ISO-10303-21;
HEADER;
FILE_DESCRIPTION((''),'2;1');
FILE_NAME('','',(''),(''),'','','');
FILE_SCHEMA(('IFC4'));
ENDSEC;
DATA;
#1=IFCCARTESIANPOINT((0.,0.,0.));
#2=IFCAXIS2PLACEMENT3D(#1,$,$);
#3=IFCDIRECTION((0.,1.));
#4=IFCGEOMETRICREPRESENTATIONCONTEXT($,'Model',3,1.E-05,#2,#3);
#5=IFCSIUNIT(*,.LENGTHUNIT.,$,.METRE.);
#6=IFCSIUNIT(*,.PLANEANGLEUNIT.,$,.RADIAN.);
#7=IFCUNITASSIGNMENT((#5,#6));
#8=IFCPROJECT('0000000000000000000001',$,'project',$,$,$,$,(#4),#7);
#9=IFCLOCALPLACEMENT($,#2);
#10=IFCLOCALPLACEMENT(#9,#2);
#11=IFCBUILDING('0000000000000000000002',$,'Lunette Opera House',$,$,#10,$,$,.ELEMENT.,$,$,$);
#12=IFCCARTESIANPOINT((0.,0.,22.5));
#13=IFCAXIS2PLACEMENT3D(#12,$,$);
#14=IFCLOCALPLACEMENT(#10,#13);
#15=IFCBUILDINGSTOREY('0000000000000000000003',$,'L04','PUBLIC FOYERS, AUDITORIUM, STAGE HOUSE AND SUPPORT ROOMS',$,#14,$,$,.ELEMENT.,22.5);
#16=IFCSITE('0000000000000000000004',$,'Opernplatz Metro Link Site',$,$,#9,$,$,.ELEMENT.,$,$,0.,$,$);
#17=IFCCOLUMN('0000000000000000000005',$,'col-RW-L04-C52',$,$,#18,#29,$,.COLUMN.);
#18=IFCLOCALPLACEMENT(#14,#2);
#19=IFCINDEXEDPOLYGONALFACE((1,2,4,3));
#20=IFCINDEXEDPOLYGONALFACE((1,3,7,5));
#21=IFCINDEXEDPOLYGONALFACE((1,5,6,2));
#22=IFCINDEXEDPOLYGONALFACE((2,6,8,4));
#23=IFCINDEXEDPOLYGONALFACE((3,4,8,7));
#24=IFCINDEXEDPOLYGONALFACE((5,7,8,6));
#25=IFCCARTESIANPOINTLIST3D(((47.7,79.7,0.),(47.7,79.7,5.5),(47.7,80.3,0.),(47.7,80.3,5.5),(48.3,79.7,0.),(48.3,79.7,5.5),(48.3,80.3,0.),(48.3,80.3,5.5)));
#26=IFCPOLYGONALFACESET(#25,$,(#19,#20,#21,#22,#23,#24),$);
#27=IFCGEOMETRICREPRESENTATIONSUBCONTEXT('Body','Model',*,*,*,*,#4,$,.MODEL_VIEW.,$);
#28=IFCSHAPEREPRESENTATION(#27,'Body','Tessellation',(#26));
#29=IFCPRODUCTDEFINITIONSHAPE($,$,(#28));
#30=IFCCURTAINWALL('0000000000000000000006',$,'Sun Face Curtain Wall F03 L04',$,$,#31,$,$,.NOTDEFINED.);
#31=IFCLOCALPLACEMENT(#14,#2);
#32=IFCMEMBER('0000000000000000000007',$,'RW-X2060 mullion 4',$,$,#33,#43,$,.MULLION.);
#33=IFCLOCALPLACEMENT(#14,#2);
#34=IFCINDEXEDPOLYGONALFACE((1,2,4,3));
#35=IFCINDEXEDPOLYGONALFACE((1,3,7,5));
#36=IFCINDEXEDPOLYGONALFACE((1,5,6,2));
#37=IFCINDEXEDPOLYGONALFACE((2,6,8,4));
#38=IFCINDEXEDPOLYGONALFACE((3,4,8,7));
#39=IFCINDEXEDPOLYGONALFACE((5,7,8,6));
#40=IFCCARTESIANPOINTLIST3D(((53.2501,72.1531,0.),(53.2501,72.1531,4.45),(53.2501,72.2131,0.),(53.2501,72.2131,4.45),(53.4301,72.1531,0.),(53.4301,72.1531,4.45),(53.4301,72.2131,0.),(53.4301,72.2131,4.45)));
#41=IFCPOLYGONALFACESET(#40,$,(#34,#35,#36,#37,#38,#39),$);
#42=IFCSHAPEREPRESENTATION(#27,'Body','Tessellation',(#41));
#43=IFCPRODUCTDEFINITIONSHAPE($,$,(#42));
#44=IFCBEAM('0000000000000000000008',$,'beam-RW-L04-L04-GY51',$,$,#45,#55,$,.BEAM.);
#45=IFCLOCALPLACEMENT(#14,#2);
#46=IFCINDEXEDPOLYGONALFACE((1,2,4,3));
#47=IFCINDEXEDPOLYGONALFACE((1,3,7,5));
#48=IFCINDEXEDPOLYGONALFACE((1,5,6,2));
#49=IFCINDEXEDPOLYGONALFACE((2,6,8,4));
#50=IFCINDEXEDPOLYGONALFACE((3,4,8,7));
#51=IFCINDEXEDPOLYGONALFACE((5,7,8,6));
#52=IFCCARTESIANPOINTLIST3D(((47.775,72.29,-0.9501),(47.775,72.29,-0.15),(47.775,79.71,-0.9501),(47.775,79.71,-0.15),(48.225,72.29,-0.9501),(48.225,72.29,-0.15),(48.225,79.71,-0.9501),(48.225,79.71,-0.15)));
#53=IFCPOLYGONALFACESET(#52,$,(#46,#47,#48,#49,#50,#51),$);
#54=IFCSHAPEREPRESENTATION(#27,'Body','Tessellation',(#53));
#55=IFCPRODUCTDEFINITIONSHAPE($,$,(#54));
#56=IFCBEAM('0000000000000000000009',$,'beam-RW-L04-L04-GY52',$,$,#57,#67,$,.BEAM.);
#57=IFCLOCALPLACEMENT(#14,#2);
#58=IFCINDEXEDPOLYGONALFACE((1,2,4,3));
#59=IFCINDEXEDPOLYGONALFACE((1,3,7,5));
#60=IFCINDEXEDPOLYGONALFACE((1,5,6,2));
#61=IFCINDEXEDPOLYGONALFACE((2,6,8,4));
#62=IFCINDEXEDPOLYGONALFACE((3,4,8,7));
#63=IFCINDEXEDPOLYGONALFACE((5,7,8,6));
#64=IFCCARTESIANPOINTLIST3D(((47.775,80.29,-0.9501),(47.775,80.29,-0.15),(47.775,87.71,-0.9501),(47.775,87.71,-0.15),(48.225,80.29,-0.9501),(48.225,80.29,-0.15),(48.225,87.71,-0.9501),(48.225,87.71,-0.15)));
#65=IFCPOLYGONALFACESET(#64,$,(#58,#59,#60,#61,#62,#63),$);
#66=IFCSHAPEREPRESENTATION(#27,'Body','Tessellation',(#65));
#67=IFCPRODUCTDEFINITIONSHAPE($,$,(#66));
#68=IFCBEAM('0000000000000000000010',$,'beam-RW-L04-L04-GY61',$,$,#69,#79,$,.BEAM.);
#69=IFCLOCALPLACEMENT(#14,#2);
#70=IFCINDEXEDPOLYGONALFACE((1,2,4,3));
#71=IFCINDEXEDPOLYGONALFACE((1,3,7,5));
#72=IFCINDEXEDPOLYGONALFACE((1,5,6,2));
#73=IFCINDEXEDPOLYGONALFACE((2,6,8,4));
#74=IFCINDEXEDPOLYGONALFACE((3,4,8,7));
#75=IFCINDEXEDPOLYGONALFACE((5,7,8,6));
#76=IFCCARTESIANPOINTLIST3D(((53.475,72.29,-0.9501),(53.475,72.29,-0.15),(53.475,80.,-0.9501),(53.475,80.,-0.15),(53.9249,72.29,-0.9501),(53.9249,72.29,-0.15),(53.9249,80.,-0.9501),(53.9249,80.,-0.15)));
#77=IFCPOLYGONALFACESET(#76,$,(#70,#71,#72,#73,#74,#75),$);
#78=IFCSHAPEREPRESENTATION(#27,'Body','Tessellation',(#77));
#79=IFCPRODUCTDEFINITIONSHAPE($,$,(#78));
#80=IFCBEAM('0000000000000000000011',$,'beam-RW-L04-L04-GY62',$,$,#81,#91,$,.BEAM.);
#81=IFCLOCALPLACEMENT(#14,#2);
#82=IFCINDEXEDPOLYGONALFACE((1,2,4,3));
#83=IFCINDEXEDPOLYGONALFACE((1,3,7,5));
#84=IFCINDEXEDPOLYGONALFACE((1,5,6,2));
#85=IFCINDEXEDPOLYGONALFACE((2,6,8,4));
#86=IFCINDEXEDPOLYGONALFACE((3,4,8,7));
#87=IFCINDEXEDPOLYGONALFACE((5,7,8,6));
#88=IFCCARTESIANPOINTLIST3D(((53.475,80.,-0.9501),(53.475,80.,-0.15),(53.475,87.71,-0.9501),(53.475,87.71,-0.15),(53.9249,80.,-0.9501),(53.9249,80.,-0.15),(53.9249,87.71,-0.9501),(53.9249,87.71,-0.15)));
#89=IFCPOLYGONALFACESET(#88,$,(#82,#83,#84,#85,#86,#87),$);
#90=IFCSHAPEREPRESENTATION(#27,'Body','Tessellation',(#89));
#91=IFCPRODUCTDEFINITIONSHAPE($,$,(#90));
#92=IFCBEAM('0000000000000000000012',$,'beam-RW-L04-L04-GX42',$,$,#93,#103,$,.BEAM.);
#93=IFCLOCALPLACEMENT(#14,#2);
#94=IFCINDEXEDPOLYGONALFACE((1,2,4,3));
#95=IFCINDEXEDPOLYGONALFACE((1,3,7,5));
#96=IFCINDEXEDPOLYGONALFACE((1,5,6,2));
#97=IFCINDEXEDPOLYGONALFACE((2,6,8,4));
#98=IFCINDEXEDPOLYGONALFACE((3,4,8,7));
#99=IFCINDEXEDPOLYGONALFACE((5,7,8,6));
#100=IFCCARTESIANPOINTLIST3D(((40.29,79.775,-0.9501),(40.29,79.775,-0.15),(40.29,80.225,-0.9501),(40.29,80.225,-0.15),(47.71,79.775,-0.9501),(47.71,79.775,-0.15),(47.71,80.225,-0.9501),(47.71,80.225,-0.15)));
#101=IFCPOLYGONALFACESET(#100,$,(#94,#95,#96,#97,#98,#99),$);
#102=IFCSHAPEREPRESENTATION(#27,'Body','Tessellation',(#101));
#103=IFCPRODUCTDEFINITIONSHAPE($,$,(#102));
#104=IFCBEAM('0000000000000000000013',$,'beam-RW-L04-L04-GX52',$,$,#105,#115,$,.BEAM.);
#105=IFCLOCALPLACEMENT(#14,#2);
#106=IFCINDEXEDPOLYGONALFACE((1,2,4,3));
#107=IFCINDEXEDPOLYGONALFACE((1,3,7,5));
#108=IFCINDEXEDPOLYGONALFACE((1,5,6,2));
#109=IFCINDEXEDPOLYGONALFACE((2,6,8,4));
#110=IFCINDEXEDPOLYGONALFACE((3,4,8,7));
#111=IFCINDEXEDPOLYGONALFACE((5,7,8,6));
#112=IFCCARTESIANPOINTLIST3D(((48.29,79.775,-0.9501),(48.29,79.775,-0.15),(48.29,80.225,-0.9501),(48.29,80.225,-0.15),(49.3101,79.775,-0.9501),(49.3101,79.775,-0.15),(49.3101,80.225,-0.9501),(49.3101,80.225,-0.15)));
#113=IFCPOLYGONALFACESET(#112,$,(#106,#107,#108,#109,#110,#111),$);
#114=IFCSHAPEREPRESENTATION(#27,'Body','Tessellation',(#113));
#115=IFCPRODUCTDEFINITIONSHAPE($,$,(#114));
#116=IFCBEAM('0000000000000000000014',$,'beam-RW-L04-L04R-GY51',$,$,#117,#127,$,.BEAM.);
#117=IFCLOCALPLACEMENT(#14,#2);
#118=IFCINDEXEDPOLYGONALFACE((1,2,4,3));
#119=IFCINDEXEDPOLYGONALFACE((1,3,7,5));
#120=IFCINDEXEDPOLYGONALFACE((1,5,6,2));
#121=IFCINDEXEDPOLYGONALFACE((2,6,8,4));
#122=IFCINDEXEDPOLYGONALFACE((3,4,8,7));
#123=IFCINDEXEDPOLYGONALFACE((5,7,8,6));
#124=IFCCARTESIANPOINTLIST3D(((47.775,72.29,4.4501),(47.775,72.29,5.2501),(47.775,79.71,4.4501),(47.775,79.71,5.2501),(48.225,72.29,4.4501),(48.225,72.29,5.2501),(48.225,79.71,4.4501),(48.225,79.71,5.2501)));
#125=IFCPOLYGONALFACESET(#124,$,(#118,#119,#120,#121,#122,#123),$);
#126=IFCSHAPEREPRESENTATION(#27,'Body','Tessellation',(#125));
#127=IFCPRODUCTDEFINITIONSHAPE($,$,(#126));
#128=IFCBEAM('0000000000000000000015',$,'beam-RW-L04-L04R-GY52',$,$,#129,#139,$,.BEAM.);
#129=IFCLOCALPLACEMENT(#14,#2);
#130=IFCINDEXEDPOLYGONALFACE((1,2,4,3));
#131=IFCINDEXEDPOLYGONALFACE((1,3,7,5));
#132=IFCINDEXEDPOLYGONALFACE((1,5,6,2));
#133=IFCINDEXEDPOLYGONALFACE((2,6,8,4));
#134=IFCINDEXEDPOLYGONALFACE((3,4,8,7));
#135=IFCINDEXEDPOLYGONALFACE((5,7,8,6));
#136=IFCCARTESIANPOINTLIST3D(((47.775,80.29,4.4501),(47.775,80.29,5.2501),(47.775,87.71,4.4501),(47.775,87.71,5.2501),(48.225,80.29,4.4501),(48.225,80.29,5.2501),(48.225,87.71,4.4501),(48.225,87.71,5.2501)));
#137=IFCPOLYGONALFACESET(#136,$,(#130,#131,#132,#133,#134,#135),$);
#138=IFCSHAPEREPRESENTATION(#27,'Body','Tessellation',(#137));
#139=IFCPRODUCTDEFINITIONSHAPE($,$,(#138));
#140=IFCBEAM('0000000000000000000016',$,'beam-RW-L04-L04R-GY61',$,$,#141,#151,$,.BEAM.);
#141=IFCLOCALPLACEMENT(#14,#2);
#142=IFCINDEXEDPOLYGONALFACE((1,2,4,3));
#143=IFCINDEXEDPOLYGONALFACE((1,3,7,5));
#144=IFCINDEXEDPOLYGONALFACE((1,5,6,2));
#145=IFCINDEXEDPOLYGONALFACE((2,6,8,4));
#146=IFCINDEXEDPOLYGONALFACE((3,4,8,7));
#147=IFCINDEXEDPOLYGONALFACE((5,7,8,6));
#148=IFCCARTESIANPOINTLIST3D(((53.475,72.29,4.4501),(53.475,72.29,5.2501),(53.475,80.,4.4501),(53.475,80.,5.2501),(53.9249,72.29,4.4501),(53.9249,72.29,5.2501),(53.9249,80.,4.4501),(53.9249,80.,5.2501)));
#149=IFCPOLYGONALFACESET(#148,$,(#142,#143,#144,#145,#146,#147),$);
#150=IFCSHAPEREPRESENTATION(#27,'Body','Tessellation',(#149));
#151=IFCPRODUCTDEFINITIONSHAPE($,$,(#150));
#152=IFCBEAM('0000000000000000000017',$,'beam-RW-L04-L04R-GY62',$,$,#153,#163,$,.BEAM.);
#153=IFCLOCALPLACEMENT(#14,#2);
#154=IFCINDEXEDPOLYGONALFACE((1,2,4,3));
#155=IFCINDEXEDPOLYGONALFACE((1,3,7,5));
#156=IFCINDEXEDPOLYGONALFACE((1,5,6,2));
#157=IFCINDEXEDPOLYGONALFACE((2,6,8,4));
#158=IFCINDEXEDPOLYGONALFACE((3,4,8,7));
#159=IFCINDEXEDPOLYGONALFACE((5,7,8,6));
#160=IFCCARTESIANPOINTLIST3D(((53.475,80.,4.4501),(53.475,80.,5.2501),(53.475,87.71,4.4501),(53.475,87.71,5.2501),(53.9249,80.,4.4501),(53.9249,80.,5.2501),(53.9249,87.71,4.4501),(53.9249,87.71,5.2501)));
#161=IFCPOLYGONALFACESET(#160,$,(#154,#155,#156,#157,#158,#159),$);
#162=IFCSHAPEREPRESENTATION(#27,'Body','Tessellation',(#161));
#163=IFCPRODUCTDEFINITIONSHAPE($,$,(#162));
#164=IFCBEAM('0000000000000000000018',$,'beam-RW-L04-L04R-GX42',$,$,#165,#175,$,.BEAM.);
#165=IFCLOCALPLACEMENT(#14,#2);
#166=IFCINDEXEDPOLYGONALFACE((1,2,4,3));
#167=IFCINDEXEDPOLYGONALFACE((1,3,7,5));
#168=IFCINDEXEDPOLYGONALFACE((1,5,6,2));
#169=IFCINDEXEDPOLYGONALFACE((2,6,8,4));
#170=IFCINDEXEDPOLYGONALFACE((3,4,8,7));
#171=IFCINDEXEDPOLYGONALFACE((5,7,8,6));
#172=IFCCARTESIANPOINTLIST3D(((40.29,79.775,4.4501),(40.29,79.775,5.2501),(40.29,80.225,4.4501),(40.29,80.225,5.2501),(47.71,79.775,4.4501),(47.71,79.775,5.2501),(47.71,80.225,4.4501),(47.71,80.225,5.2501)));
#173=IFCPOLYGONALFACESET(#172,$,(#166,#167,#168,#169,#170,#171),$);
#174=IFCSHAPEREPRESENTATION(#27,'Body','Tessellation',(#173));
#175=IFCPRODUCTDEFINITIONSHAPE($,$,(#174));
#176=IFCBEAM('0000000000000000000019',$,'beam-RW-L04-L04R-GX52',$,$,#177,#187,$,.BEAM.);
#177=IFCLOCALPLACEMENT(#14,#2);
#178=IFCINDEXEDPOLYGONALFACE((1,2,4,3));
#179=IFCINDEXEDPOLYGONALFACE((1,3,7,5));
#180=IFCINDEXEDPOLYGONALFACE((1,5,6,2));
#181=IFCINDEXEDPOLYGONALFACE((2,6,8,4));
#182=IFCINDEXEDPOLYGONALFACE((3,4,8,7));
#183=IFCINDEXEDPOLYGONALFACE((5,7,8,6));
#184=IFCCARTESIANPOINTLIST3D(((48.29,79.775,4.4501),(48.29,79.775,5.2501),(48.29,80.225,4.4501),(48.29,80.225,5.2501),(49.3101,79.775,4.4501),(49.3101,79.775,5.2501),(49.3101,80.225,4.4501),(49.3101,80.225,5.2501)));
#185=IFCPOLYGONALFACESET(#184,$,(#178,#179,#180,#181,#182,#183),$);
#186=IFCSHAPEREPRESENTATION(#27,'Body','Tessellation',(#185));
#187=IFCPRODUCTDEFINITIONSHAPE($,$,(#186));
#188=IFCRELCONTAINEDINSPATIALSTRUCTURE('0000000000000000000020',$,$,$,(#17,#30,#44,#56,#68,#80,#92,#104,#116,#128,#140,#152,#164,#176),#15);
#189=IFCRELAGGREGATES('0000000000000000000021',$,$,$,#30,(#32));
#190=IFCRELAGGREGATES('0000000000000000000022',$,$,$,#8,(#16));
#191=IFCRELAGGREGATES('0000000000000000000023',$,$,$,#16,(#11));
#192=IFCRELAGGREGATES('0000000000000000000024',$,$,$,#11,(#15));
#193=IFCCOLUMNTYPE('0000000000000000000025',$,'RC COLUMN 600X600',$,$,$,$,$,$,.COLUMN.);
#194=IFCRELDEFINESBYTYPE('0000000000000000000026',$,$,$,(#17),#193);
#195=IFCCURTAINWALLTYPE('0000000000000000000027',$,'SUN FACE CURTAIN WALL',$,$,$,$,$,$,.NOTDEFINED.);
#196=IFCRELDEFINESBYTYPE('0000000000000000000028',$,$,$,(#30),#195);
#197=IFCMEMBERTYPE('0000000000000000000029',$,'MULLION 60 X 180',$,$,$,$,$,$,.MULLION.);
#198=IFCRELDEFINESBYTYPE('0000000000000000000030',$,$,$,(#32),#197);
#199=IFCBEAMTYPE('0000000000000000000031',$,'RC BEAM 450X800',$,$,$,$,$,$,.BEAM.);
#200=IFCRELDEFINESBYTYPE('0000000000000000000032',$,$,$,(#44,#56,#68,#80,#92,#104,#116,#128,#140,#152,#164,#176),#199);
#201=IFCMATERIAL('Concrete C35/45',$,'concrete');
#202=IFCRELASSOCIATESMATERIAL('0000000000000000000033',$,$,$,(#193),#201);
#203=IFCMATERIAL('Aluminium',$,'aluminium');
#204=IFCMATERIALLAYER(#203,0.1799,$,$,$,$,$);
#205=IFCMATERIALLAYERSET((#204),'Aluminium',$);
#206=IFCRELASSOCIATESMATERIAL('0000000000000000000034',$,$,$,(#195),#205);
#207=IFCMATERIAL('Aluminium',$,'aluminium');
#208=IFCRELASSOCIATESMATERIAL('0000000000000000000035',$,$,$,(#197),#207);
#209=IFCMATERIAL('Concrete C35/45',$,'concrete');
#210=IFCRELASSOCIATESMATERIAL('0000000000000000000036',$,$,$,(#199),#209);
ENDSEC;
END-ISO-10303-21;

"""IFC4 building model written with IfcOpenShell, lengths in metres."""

from ifc_helpers import new_model, si_unit, direction, frame, origin, origin_2d, place, context, subcontext, project, spatial, rectangle, extrude, material, layer, layer_set, material_profile, profile_set, type_object, element, aggregate, save


model = new_model("IFC4")

# Units and contexts
model_context = context("Model", 3, precision=1e-05, world=origin(), true_north=direction((0.0, 1.0)))
body_context = subcontext(model_context, "Body", "Model", "MODEL_VIEW")
ifc_project = project(units=[si_unit("LENGTHUNIT", "METRE"), si_unit("PLANEANGLEUNIT", "RADIAN")], contexts=[model_context])

# Site, building, storey
site_placement = place(None, origin())
site = spatial("IfcSite", under=ifc_project, at=site_placement, Name="Opernplatz Metro Link Site", CompositionType="ELEMENT", RefElevation=0.0)
building_placement = place(site_placement, origin())
building = spatial("IfcBuilding", under=site, at=building_placement, Name="Lunette Opera House", CompositionType="ELEMENT")
storey_placement = place(building_placement, frame((0.0, 0.0, 22.5)))
storey = spatial("IfcBuildingStorey", under=building, at=storey_placement, Name="L04", Description="PUBLIC FOYERS, AUDITORIUM, STAGE HOUSE AND SUPPORT ROOMS", CompositionType="ELEMENT", Elevation=22.5)

# Column
ifc_material_1 = material(Name="Concrete C35/45", Category="concrete")
ifc_material_profile_1 = material_profile(ifc_material_1, rectangle(XDim=0.6001, YDim=0.6001, at=origin_2d()), Name="RC COLUMN 600X600")
ifc_profile_set_1 = profile_set([ifc_material_profile_1], Name="Concrete C35/45")
column_type = type_object("IfcColumnType", Name="RC COLUMN 600X600", PredefinedType="COLUMN", material=ifc_profile_set_1)
column_placement = place(storey_placement, frame((48.0, 80.0, 0.0), z_axis=(0.0, 0.0, 1.0), x_axis=(1.0, 0.0, 0.0)))
element("IfcColumn", 1, at=column_placement, inside=storey, type_object=column_type, Name="col-RW-L04-C52", PredefinedType="COLUMN", context=body_context, shape_type="SweptSolid", body=[
    extrude(rectangle(XDim=0.6001, YDim=0.6001, at=origin_2d()), origin(), (0.0, 0.0, 1.0), 5.5),
])

# Curtain wall, member
ifc_material_2 = material(Name="Aluminium", Category="aluminium")
ifc_layer_1 = layer(ifc_material_2, 0.1799)
ifc_layer_set_1 = layer_set([ifc_layer_1], Name="Aluminium")
curtain_wall_type = type_object("IfcCurtainWallType", Name="SUN FACE CURTAIN WALL", PredefinedType="NOTDEFINED", material=ifc_layer_set_1)
curtain_wall_placement = place(storey_placement, origin())
curtain_wall = element("IfcCurtainWall", 2, at=curtain_wall_placement, inside=storey, type_object=curtain_wall_type, Name="Sun Face Curtain Wall F03 L04", PredefinedType="NOTDEFINED")
ifc_material_3 = material(Name="Aluminium", Category="aluminium")
ifc_material_profile_2 = material_profile(ifc_material_3, rectangle(XDim=0.0601, YDim=0.1799, at=origin_2d()), Name="MULLION 60 X 180")
ifc_profile_set_2 = profile_set([ifc_material_profile_2], Name="Aluminium")
member_type_1 = type_object("IfcMemberType", Name="MULLION 60 X 180", PredefinedType="MULLION", material=ifc_profile_set_2)
member_1_placement = place(storey_placement, frame((53.3401, 72.1831, 0.0), z_axis=(0.0, 0.0, 1.0), x_axis=(0.0, 1.0, 0.0)))
member_1 = element("IfcMember", 3, at=member_1_placement, type_object=member_type_1, Name="RW-X2060 mullion 4", PredefinedType="MULLION", context=body_context, shape_type="SweptSolid", body=[
    extrude(rectangle(XDim=0.0601, YDim=0.1799, at=origin_2d()), origin(), (0.0, 0.0, 1.0), 4.45),
])

# Beams
ifc_material_4 = material(Name="Concrete C35/45", Category="concrete")
ifc_material_profile_3 = material_profile(ifc_material_4, rectangle(XDim=0.45, YDim=0.8, at=origin_2d()), Name="RC BEAM 450X800")
ifc_profile_set_3 = profile_set([ifc_material_profile_3], Name="Concrete C35/45")
beam_type_1 = type_object("IfcBeamType", Name="RC BEAM 450X800", PredefinedType="BEAM", material=ifc_profile_set_3)
for number, where, z_axis, x_axis, name in (
    (4, (48.0, 72.29, -0.55), (0.0, 1.0, 0.0), (-1.0, 0.0, 0.0), "beam-RW-L04-L04-GY51"),
    (5, (48.0, 80.29, -0.55), (0.0, 1.0, 0.0), (-1.0, 0.0, 0.0), "beam-RW-L04-L04-GY52"),
):
    element("IfcBeam", number, at=place(storey_placement, frame(where, z_axis=z_axis, x_axis=x_axis)), inside=storey, type_object=beam_type_1, Name=name, PredefinedType="BEAM", context=body_context, shape_type="SweptSolid", body=[
        extrude(rectangle(XDim=0.45, YDim=0.8, at=origin_2d()), origin(), (0.0, 0.0, 1.0), 7.4199),
    ])
for number, where, z_axis, x_axis, name in (
    (6, (53.7, 72.29, -0.55), (0.0, 1.0, 0.0), (-1.0, 0.0, 0.0), "beam-RW-L04-L04-GY61"),
    (7, (53.7, 80.0, -0.55), (0.0, 1.0, 0.0), (-1.0, 0.0, 0.0), "beam-RW-L04-L04-GY62"),
):
    element("IfcBeam", number, at=place(storey_placement, frame(where, z_axis=z_axis, x_axis=x_axis)), inside=storey, type_object=beam_type_1, Name=name, PredefinedType="BEAM", context=body_context, shape_type="SweptSolid", body=[
        extrude(rectangle(XDim=0.45, YDim=0.8, at=origin_2d()), origin(), (0.0, 0.0, 1.0), 7.71),
    ])
beam_1_placement = place(storey_placement, frame((40.29, 80.0, -0.55), z_axis=(1.0, 0.0, 0.0), x_axis=(0.0, 1.0, 0.0)))
element("IfcBeam", 8, at=beam_1_placement, inside=storey, type_object=beam_type_1, Name="beam-RW-L04-L04-GX42", PredefinedType="BEAM", context=body_context, shape_type="SweptSolid", body=[
    extrude(rectangle(XDim=0.45, YDim=0.8, at=origin_2d()), origin(), (0.0, 0.0, 1.0), 7.4199),
])
beam_2_placement = place(storey_placement, frame((48.29, 80.0, -0.55), z_axis=(1.0, 0.0, 0.0), x_axis=(0.0, 1.0, 0.0)))
element("IfcBeam", 9, at=beam_2_placement, inside=storey, type_object=beam_type_1, Name="beam-RW-L04-L04-GX52", PredefinedType="BEAM", context=body_context, shape_type="SweptSolid", body=[
    extrude(rectangle(XDim=0.45, YDim=0.8, at=origin_2d()), origin(), (0.0, 0.0, 1.0), 1.02),
])
for number, where, z_axis, x_axis, name in (
    (10, (48.0, 72.29, 4.8501), (0.0, 1.0, 0.0), (-1.0, 0.0, 0.0), "beam-RW-L04-L04R-GY51"),
    (11, (48.0, 80.29, 4.8501), (0.0, 1.0, 0.0), (-1.0, 0.0, 0.0), "beam-RW-L04-L04R-GY52"),
):
    element("IfcBeam", number, at=place(storey_placement, frame(where, z_axis=z_axis, x_axis=x_axis)), inside=storey, type_object=beam_type_1, Name=name, PredefinedType="BEAM", context=body_context, shape_type="SweptSolid", body=[
        extrude(rectangle(XDim=0.45, YDim=0.8, at=origin_2d()), origin(), (0.0, 0.0, 1.0), 7.4199),
    ])
for number, where, z_axis, x_axis, name in (
    (12, (53.7, 72.29, 4.8501), (0.0, 1.0, 0.0), (-1.0, 0.0, 0.0), "beam-RW-L04-L04R-GY61"),
    (13, (53.7, 80.0, 4.8501), (0.0, 1.0, 0.0), (-1.0, 0.0, 0.0), "beam-RW-L04-L04R-GY62"),
):
    element("IfcBeam", number, at=place(storey_placement, frame(where, z_axis=z_axis, x_axis=x_axis)), inside=storey, type_object=beam_type_1, Name=name, PredefinedType="BEAM", context=body_context, shape_type="SweptSolid", body=[
        extrude(rectangle(XDim=0.45, YDim=0.8, at=origin_2d()), origin(), (0.0, 0.0, 1.0), 7.71),
    ])
beam_3_placement = place(storey_placement, frame((40.29, 80.0, 4.8501), z_axis=(1.0, 0.0, 0.0), x_axis=(0.0, 1.0, 0.0)))
element("IfcBeam", 14, at=beam_3_placement, inside=storey, type_object=beam_type_1, Name="beam-RW-L04-L04R-GX42", PredefinedType="BEAM", context=body_context, shape_type="SweptSolid", body=[
    extrude(rectangle(XDim=0.45, YDim=0.8, at=origin_2d()), origin(), (0.0, 0.0, 1.0), 7.4199),
])
beam_4_placement = place(storey_placement, frame((48.29, 80.0, 4.8501), z_axis=(1.0, 0.0, 0.0), x_axis=(0.0, 1.0, 0.0)))
element("IfcBeam", 15, at=beam_4_placement, inside=storey, type_object=beam_type_1, Name="beam-RW-L04-L04R-GX52", PredefinedType="BEAM", context=body_context, shape_type="SweptSolid", body=[
    extrude(rectangle(XDim=0.45, YDim=0.8, at=origin_2d()), origin(), (0.0, 0.0, 1.0), 1.02),
])

aggregate(curtain_wall, [member_1])

save(model, "model.ifc")
